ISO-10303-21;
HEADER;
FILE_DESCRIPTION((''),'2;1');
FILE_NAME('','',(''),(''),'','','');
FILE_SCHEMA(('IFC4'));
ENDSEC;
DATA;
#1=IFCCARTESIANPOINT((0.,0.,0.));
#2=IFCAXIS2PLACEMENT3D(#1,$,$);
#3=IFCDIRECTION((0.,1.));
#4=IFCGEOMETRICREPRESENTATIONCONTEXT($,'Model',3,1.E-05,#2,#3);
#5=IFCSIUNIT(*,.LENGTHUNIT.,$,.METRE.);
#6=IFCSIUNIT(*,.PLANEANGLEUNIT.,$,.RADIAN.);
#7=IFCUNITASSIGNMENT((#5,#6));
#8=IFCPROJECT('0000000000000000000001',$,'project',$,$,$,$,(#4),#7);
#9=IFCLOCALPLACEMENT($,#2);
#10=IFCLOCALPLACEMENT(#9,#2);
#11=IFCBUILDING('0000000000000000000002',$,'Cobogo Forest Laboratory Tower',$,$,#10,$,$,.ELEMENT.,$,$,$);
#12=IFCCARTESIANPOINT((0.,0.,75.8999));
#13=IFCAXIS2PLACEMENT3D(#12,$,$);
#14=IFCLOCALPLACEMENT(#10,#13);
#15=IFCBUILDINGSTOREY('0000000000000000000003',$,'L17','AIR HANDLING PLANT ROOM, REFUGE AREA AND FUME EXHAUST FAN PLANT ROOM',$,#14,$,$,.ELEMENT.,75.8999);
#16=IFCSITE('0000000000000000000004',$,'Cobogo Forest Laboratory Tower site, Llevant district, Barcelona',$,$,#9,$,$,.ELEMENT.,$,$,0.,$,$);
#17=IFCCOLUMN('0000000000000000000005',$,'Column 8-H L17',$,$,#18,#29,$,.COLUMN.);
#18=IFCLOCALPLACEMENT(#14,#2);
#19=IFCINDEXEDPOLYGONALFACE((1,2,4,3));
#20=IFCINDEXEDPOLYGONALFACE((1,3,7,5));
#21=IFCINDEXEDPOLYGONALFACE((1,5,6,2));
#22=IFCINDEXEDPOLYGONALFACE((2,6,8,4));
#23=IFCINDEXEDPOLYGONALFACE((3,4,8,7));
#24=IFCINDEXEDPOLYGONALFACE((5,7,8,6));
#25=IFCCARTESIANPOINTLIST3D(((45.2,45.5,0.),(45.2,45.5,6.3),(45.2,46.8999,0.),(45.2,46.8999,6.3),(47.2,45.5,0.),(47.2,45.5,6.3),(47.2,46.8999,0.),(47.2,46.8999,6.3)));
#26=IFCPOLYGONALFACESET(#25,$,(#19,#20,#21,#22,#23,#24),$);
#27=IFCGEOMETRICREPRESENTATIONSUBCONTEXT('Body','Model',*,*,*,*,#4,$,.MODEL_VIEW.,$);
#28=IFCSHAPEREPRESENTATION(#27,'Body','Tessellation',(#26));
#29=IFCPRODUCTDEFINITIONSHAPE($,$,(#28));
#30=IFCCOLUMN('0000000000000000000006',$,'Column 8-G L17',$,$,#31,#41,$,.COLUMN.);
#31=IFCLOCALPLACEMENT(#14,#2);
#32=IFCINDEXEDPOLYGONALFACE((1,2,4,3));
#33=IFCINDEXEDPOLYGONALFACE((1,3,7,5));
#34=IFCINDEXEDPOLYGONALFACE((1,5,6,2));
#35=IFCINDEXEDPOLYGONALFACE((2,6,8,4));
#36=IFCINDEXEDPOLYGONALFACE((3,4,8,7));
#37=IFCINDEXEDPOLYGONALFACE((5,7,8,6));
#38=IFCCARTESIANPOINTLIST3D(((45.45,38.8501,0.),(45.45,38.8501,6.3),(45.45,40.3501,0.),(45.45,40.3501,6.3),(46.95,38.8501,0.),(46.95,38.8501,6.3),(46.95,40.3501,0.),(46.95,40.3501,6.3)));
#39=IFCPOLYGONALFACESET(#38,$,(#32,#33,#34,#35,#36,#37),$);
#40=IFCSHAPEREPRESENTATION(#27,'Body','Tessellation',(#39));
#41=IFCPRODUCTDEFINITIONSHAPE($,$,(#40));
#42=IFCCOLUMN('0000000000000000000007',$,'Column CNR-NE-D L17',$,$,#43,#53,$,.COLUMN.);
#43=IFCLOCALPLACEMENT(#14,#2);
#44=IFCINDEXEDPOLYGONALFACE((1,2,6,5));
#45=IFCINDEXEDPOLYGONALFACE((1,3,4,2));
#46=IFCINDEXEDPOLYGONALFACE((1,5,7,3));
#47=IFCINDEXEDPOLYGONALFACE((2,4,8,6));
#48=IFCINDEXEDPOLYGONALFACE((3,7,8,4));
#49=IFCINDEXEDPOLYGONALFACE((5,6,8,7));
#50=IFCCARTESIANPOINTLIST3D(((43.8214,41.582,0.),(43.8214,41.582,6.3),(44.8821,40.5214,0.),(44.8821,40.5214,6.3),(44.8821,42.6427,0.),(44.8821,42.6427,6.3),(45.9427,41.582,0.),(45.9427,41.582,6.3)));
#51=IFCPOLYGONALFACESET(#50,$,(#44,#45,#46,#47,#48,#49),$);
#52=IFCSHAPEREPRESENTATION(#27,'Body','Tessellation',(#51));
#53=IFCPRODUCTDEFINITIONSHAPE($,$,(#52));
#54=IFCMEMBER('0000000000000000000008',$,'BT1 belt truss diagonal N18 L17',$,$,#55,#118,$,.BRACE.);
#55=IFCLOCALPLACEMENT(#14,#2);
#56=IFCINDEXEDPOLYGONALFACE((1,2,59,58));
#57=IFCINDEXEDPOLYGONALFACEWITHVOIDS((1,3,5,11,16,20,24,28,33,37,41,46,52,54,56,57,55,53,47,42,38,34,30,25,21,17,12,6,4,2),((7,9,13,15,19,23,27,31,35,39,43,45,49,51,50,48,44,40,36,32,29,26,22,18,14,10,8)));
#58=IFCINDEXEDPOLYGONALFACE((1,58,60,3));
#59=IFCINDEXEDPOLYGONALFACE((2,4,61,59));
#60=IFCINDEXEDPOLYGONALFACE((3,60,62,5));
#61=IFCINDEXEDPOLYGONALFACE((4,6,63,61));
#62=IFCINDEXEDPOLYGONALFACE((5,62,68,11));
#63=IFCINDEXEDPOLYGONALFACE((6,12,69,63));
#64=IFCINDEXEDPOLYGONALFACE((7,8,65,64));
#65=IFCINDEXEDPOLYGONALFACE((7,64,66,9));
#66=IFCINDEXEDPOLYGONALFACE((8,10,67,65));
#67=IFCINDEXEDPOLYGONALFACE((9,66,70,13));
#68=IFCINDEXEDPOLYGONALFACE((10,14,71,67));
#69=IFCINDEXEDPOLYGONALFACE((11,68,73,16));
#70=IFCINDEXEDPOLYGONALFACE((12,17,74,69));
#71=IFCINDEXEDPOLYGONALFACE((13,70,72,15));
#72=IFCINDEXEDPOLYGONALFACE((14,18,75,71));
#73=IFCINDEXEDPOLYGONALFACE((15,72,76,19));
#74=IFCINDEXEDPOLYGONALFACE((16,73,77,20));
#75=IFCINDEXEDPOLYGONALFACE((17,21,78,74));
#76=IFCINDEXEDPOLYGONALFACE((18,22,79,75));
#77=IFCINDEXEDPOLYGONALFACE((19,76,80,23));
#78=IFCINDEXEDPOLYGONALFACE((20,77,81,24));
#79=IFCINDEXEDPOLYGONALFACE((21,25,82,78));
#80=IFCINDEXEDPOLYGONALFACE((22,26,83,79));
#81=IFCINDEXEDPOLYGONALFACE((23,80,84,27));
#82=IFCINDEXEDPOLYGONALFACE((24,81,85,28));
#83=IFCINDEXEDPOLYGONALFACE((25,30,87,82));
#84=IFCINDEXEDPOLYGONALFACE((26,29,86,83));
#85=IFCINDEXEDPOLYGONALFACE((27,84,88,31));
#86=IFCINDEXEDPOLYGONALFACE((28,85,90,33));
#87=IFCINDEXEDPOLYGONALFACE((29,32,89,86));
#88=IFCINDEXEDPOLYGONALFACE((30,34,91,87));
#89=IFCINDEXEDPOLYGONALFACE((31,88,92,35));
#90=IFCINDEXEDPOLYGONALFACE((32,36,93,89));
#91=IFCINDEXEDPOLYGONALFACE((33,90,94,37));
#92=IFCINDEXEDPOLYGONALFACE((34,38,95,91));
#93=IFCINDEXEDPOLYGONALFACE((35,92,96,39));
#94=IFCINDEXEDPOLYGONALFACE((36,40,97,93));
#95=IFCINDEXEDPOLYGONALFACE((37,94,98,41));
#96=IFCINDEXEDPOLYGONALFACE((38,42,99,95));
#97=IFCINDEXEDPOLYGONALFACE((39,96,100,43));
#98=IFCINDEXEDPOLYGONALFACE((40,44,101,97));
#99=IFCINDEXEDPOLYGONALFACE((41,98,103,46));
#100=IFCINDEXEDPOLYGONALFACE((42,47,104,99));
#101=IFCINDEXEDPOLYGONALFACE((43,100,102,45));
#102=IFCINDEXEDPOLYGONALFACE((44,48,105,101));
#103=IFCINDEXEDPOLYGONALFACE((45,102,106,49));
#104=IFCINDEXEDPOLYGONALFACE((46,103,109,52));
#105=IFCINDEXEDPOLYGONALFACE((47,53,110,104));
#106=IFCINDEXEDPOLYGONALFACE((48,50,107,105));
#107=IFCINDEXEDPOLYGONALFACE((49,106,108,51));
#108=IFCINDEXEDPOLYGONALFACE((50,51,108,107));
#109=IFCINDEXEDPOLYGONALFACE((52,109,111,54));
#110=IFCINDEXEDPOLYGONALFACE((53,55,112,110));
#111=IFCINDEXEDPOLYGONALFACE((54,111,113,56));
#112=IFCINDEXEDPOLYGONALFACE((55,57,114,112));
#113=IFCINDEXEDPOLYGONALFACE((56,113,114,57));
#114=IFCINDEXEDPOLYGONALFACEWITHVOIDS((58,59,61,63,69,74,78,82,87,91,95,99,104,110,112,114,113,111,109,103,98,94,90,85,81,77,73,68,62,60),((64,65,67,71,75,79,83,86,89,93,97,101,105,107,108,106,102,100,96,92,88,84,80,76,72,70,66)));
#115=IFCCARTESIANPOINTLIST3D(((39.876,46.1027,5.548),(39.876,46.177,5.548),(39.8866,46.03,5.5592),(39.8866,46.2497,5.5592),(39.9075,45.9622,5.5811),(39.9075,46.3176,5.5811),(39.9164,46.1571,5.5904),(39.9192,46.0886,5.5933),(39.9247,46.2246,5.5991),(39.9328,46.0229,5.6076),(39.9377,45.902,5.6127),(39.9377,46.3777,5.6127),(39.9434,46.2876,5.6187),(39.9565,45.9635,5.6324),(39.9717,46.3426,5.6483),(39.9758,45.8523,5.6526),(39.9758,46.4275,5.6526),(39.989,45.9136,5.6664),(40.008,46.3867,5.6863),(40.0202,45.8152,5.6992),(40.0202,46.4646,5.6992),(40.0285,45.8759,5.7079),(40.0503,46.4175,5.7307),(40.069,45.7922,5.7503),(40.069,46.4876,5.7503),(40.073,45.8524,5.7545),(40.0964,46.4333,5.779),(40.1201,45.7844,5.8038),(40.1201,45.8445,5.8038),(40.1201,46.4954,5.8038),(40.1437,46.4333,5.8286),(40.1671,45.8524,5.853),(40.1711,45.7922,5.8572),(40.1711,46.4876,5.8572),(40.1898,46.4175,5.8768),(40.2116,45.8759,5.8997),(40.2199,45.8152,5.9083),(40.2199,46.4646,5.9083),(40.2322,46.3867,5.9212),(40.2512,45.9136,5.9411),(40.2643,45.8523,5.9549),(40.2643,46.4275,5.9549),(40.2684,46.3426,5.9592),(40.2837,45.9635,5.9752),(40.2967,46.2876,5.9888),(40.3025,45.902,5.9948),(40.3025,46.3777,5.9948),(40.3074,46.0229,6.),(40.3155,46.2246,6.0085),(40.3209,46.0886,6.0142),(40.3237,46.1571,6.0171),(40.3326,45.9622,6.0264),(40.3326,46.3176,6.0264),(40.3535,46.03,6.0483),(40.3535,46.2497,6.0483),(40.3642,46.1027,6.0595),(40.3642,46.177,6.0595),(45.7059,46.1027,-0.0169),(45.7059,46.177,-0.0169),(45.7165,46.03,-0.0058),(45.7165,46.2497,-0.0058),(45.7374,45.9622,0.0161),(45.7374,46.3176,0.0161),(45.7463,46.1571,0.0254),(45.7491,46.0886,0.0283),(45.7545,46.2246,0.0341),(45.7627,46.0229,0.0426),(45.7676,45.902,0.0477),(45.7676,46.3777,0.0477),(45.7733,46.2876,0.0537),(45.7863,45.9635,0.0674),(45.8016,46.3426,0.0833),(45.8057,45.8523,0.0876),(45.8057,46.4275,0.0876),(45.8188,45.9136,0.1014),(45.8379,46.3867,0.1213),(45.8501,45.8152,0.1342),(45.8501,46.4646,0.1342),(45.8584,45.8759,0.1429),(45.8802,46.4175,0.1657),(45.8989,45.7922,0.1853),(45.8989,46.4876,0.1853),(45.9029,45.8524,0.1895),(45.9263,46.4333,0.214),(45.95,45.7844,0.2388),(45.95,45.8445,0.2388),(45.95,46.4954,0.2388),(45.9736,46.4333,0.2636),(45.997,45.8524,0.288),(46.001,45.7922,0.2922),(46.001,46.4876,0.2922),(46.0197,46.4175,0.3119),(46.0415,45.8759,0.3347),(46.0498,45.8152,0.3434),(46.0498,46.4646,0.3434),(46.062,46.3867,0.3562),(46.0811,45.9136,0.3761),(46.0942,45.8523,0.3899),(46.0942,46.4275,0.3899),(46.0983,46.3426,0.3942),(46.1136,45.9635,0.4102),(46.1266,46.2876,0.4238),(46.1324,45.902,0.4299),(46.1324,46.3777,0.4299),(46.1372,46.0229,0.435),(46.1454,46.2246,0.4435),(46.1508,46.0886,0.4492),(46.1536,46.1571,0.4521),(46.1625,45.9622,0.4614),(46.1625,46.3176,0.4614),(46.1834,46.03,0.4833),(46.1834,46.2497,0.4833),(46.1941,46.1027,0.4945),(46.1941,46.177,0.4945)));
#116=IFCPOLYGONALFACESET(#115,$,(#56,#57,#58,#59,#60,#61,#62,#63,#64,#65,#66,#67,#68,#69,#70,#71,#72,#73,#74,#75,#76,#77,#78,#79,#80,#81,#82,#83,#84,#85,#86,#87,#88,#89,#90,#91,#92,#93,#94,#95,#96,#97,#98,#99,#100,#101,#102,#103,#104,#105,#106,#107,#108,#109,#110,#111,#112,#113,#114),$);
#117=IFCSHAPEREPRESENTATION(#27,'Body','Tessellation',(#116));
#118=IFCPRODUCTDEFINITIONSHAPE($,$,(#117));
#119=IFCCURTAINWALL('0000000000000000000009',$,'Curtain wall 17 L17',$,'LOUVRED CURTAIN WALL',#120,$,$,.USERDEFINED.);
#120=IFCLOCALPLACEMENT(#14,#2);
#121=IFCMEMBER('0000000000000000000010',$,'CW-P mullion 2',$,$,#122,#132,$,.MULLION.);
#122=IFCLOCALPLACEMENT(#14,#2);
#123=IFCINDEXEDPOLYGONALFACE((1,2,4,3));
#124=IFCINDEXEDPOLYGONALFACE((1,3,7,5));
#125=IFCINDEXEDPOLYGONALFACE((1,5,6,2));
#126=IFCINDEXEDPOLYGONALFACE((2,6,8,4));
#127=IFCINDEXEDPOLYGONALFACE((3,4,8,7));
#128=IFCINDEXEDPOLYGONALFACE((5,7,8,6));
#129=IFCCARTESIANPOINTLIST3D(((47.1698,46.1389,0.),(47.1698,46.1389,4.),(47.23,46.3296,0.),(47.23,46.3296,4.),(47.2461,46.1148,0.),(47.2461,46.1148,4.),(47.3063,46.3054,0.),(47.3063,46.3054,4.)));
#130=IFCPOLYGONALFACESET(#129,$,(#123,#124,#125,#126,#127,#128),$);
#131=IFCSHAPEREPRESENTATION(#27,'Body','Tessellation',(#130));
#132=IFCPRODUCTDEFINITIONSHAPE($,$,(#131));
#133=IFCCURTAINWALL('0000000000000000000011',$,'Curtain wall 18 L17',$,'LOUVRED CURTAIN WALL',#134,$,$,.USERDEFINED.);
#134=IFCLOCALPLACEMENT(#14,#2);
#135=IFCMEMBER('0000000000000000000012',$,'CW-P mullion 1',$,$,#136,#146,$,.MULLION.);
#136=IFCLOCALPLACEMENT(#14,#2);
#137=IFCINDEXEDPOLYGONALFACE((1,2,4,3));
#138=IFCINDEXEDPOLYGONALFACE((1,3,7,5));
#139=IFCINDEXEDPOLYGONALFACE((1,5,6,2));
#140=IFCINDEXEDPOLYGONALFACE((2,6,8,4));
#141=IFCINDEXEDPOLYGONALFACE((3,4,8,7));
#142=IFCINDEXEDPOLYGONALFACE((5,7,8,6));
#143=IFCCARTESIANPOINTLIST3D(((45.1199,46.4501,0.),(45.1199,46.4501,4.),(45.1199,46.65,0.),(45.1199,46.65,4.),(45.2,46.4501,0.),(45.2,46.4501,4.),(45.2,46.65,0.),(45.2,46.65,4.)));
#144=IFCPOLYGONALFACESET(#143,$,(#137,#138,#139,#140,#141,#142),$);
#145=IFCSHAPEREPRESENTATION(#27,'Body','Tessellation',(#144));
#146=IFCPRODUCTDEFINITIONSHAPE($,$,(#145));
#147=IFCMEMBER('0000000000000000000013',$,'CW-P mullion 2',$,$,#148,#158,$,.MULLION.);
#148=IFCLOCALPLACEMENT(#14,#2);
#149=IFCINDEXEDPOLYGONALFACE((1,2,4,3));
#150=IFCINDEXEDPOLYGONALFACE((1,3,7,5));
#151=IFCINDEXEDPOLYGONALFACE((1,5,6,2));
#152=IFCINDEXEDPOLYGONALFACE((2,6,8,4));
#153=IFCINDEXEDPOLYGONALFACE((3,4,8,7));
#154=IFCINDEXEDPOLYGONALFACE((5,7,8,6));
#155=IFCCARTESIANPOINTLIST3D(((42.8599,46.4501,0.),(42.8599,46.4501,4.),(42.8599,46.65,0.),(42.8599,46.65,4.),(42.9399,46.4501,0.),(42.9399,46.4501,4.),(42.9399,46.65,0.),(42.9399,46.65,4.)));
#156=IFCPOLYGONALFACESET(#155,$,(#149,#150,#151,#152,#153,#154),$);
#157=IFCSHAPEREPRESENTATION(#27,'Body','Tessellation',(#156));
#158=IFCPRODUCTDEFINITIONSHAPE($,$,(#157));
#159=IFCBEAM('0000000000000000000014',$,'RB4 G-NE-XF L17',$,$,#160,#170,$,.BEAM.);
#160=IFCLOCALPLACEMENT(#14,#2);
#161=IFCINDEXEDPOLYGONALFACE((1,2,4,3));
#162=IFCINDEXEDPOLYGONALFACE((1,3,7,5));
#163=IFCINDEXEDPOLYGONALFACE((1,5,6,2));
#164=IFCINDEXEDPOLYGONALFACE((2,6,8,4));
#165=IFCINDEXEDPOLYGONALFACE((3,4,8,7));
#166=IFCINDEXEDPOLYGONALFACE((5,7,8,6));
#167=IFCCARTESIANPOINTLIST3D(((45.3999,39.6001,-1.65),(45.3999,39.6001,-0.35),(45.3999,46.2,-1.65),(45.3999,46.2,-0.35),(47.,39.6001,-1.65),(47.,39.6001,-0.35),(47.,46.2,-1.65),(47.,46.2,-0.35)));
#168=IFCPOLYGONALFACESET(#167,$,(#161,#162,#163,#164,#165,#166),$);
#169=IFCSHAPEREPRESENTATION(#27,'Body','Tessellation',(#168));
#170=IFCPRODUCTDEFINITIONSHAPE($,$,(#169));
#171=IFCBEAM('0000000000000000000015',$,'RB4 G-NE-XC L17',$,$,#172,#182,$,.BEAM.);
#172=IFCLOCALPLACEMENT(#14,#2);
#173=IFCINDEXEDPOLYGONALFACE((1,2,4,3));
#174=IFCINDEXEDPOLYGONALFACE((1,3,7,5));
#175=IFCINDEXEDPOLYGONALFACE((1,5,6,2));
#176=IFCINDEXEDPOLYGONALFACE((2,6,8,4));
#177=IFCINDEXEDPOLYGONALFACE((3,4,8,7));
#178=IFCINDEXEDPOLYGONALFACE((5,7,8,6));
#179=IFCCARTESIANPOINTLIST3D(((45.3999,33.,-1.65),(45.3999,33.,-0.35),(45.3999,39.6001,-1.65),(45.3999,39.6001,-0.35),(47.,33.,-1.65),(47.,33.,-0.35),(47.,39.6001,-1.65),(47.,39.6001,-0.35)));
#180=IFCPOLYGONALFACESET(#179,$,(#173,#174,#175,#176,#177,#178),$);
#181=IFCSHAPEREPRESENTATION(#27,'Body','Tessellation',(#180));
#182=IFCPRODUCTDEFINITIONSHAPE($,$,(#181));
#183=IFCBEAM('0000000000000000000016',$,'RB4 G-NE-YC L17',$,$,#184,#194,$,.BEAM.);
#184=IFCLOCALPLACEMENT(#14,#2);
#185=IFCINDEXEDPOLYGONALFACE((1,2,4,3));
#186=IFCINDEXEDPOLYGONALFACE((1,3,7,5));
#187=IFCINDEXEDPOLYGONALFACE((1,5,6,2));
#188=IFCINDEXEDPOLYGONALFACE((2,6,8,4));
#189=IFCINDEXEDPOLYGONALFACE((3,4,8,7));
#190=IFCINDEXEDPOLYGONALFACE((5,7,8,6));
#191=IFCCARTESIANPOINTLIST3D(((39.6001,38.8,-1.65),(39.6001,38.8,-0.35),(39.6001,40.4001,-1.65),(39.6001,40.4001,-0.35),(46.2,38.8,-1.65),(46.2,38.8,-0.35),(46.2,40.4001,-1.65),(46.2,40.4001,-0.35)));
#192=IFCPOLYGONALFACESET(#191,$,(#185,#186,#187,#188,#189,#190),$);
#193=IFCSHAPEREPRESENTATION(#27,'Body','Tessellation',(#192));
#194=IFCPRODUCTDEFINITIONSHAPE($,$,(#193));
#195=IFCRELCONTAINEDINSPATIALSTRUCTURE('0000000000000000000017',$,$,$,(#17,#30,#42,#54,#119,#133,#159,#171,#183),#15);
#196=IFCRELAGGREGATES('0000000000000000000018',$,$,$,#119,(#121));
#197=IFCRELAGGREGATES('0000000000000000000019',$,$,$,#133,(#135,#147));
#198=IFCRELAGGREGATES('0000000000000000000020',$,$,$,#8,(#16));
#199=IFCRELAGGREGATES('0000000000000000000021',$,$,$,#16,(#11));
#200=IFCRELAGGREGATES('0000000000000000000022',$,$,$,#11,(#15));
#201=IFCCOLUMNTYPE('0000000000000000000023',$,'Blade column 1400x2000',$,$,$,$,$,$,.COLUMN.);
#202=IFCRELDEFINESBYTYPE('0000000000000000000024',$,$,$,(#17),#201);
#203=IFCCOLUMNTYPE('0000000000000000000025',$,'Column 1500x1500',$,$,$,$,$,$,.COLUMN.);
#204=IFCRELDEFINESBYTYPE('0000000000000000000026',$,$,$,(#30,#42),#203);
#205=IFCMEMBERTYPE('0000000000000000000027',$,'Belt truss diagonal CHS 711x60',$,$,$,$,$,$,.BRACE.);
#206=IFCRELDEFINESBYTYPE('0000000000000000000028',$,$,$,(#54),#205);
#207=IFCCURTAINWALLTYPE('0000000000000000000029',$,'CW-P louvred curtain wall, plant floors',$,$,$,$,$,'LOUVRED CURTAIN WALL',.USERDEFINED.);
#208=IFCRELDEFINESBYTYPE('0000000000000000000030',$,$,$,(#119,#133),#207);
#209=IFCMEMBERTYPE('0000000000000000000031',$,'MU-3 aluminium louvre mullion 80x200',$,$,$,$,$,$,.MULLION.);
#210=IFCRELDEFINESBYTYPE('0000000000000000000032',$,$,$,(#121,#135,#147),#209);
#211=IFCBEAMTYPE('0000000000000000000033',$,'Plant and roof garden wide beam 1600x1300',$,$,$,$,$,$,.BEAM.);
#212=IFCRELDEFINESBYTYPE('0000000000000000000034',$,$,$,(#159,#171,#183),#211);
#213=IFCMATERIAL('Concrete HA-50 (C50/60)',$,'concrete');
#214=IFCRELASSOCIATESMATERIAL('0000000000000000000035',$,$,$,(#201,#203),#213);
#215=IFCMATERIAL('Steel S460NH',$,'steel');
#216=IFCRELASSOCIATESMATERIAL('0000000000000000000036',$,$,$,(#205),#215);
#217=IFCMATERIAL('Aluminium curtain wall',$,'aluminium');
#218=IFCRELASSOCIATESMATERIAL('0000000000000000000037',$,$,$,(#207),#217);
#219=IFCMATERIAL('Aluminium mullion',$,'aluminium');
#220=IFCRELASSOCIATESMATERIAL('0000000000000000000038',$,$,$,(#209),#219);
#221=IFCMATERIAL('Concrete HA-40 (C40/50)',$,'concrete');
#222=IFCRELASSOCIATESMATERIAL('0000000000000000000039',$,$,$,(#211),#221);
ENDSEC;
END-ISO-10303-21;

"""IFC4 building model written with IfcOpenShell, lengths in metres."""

from ifc_helpers import new_model, si_unit, direction, frame, origin, origin_2d, place, context, subcontext, project, spatial, rectangle, hollow_circle, extrude, material, material_profile, profile_set, type_object, element, aggregate, save


model = new_model("IFC4")

# Units and contexts
model_context = context("Model", 3, precision=1e-05, world=origin(), true_north=direction((0.0, 1.0)))
body_context = subcontext(model_context, "Body", "Model", "MODEL_VIEW")
ifc_project = project(units=[si_unit("LENGTHUNIT", "METRE"), si_unit("PLANEANGLEUNIT", "RADIAN")], contexts=[model_context])

# Site, building, storey
site_placement = place(None, origin())
site = spatial("IfcSite", under=ifc_project, at=site_placement, Name="Cobogo Forest Laboratory Tower site, Llevant district, Barcelona", CompositionType="ELEMENT", RefElevation=0.0)
building_placement = place(site_placement, origin())
building = spatial("IfcBuilding", under=site, at=building_placement, Name="Cobogo Forest Laboratory Tower", CompositionType="ELEMENT")
storey_placement = place(building_placement, frame((0.0, 0.0, 75.8999)))
storey = spatial("IfcBuildingStorey", under=building, at=storey_placement, Name="L17", Description="AIR HANDLING PLANT ROOM, REFUGE AREA AND FUME EXHAUST FAN PLANT ROOM", CompositionType="ELEMENT", Elevation=75.8999)

# Columns
ifc_material_1 = material(Name="Concrete HA-50 (C50/60)", Category="concrete")
ifc_material_profile_1 = material_profile(ifc_material_1, rectangle(XDim=2.0, YDim=1.3999, at=origin_2d()), Name="RC 1400x2000")
ifc_profile_set_1 = profile_set([ifc_material_profile_1], Name="Concrete HA-50 (C50/60)")
column_type_1 = type_object("IfcColumnType", Name="Blade column 1400x2000", PredefinedType="COLUMN", material=ifc_profile_set_1)
column_placement = place(storey_placement, frame((46.2, 46.2, 0.0), z_axis=(0.0, 0.0, 1.0), x_axis=(1.0, 0.0, 0.0)))
element("IfcColumn", 1, at=column_placement, inside=storey, type_object=column_type_1, Name="Column 8-H L17", PredefinedType="COLUMN", context=body_context, shape_type="SweptSolid", body=[
    extrude(rectangle(XDim=2.0, YDim=1.3999, at=origin_2d()), origin(), (0.0, 0.0, 1.0), 6.3),
])
ifc_material_profile_2 = material_profile(ifc_material_1, rectangle(XDim=1.5, YDim=1.5, at=origin_2d()), Name="RC 1500x1500")
ifc_profile_set_2 = profile_set([ifc_material_profile_2], Name="Concrete HA-50 (C50/60)")
column_type_2 = type_object("IfcColumnType", Name="Column 1500x1500", PredefinedType="COLUMN", material=ifc_profile_set_2)
for number, where, z_axis, x_axis, name in (
    (2, (46.2, 39.6001, 0.0), (0.0, 0.0, 1.0), (1.0, 0.0, 0.0), "Column 8-G L17"),
    (3, (44.8821, 41.582, 0.0), (0.0, 0.0, 1.0), (0.707107, 0.707107, 0.0), "Column CNR-NE-D L17"),
):
    element("IfcColumn", number, at=place(storey_placement, frame(where, z_axis=z_axis, x_axis=x_axis)), inside=storey, type_object=column_type_2, Name=name, PredefinedType="COLUMN", context=body_context, shape_type="SweptSolid", body=[
        extrude(rectangle(XDim=1.5, YDim=1.5, at=origin_2d()), origin(), (0.0, 0.0, 1.0), 6.3),
    ])

# Member
ifc_material_2 = material(Name="Steel S460NH", Category="steel")
ifc_material_profile_3 = material_profile(ifc_material_2, hollow_circle(Radius=0.3555, WallThickness=0.0601, at=origin_2d()), Name="CHS 711x60")
ifc_profile_set_3 = profile_set([ifc_material_profile_3], Name="Steel S460NH")
member_type_1 = type_object("IfcMemberType", Name="Belt truss diagonal CHS 711x60", PredefinedType="BRACE", material=ifc_profile_set_3)
member_1_placement = place(storey_placement, frame((45.95, 46.1399, 0.2388), z_axis=(-0.723349, 0.0, 0.690482), x_axis=(0.0, -1.0, 0.0)))
element("IfcMember", 4, at=member_1_placement, inside=storey, type_object=member_type_1, Name="BT1 belt truss diagonal N18 L17", PredefinedType="BRACE", context=body_context, shape_type="SweptSolid", body=[
    extrude(hollow_circle(Radius=0.3555, WallThickness=0.0601, at=origin_2d()), origin(), (0.0, 0.0, 1.0), 8.0596),
])

# Curtain wall, member
ifc_material_3 = material(Name="Aluminium curtain wall", Category="aluminium")
curtain_wall_type = type_object("IfcCurtainWallType", Name="CW-P louvred curtain wall, plant floors", ElementType="LOUVRED CURTAIN WALL", PredefinedType="USERDEFINED", material=ifc_material_3)
curtain_wall_1_placement = place(storey_placement, origin())
curtain_wall_1 = element("IfcCurtainWall", 5, at=curtain_wall_1_placement, inside=storey, type_object=curtain_wall_type, Name="Curtain wall 17 L17", ObjectType="LOUVRED CURTAIN WALL", PredefinedType="USERDEFINED")
ifc_material_4 = material(Name="Aluminium mullion", Category="aluminium")
ifc_material_profile_4 = material_profile(ifc_material_4, rectangle(XDim=0.0801, YDim=0.2, at=origin_2d()), Name="AL 80x200")
ifc_profile_set_4 = profile_set([ifc_material_profile_4], Name="Aluminium mullion")
member_type_2 = type_object("IfcMemberType", Name="MU-3 aluminium louvre mullion 80x200", PredefinedType="MULLION", material=ifc_profile_set_4)
member_2_placement = place(storey_placement, frame((47.238, 46.2222, 0.0), z_axis=(0.0, 0.0, 1.0), x_axis=(-0.953581, 0.301136, 0.0)))
member_2 = element("IfcMember", 6, at=member_2_placement, type_object=member_type_2, Name="CW-P mullion 2", PredefinedType="MULLION", context=body_context, shape_type="SweptSolid", body=[
    extrude(rectangle(XDim=0.0801, YDim=0.2, at=origin_2d()), origin(), (0.0, 0.0, 1.0), 4.0),
])

# Curtain wall, members
curtain_wall_2_placement = place(storey_placement, origin())
curtain_wall_2 = element("IfcCurtainWall", 7, at=curtain_wall_2_placement, inside=storey, type_object=curtain_wall_type, Name="Curtain wall 18 L17", ObjectType="LOUVRED CURTAIN WALL", PredefinedType="USERDEFINED")
member_3_placement = place(storey_placement, frame((45.1599, 46.55, 0.0), z_axis=(0.0, 0.0, 1.0), x_axis=(-1.0, 0.0, 0.0)))
member_3 = element("IfcMember", 8, at=member_3_placement, type_object=member_type_2, Name="CW-P mullion 1", PredefinedType="MULLION", context=body_context, shape_type="SweptSolid", body=[
    extrude(rectangle(XDim=0.0801, YDim=0.2, at=origin_2d()), origin(), (0.0, 0.0, 1.0), 4.0),
])
member_4_placement = place(storey_placement, frame((42.8999, 46.55, 0.0), z_axis=(0.0, 0.0, 1.0), x_axis=(-1.0, 0.0, 0.0)))
member_4 = element("IfcMember", 9, at=member_4_placement, type_object=member_type_2, Name="CW-P mullion 2", PredefinedType="MULLION", context=body_context, shape_type="SweptSolid", body=[
    extrude(rectangle(XDim=0.0801, YDim=0.2, at=origin_2d()), origin(), (0.0, 0.0, 1.0), 4.0),
])

# Beams
ifc_material_5 = material(Name="Concrete HA-40 (C40/50)", Category="concrete")
ifc_material_profile_5 = material_profile(ifc_material_5, rectangle(XDim=1.6001, YDim=1.3, at=origin_2d()), Name="RC 1600x1300")
ifc_profile_set_5 = profile_set([ifc_material_profile_5], Name="Concrete HA-40 (C40/50)")
beam_type_1 = type_object("IfcBeamType", Name="Plant and roof garden wide beam 1600x1300", PredefinedType="BEAM", material=ifc_profile_set_5)
beam_1_placement = place(storey_placement, frame((46.2, 46.2, -1.0), z_axis=(0.0, -1.0, 0.0), x_axis=(1.0, 0.0, 0.0)))
element("IfcBeam", 10, at=beam_1_placement, inside=storey, type_object=beam_type_1, Name="RB4 G-NE-XF L17", PredefinedType="BEAM", context=body_context, shape_type="SweptSolid", body=[
    extrude(rectangle(XDim=1.6001, YDim=1.3, at=origin_2d()), origin(), (0.0, 0.0, 1.0), 6.5999),
])
beam_2_placement = place(storey_placement, frame((46.2, 39.6001, -1.0), z_axis=(0.0, -1.0, 0.0), x_axis=(1.0, 0.0, 0.0)))
element("IfcBeam", 11, at=beam_2_placement, inside=storey, type_object=beam_type_1, Name="RB4 G-NE-XC L17", PredefinedType="BEAM", context=body_context, shape_type="SweptSolid", body=[
    extrude(rectangle(XDim=1.6001, YDim=1.3, at=origin_2d()), origin(), (0.0, 0.0, 1.0), 6.6001),
])
beam_3_placement = place(storey_placement, frame((46.2, 39.6001, -1.0), z_axis=(-1.0, 0.0, 0.0), x_axis=(0.0, -1.0, 0.0)))
element("IfcBeam", 12, at=beam_3_placement, inside=storey, type_object=beam_type_1, Name="RB4 G-NE-YC L17", PredefinedType="BEAM", context=body_context, shape_type="SweptSolid", body=[
    extrude(rectangle(XDim=1.6001, YDim=1.3, at=origin_2d()), origin(), (0.0, 0.0, 1.0), 6.5999),
])

aggregate(curtain_wall_1, [member_2])
aggregate(curtain_wall_2, [member_3, member_4])

save(model, "model.ifc")
